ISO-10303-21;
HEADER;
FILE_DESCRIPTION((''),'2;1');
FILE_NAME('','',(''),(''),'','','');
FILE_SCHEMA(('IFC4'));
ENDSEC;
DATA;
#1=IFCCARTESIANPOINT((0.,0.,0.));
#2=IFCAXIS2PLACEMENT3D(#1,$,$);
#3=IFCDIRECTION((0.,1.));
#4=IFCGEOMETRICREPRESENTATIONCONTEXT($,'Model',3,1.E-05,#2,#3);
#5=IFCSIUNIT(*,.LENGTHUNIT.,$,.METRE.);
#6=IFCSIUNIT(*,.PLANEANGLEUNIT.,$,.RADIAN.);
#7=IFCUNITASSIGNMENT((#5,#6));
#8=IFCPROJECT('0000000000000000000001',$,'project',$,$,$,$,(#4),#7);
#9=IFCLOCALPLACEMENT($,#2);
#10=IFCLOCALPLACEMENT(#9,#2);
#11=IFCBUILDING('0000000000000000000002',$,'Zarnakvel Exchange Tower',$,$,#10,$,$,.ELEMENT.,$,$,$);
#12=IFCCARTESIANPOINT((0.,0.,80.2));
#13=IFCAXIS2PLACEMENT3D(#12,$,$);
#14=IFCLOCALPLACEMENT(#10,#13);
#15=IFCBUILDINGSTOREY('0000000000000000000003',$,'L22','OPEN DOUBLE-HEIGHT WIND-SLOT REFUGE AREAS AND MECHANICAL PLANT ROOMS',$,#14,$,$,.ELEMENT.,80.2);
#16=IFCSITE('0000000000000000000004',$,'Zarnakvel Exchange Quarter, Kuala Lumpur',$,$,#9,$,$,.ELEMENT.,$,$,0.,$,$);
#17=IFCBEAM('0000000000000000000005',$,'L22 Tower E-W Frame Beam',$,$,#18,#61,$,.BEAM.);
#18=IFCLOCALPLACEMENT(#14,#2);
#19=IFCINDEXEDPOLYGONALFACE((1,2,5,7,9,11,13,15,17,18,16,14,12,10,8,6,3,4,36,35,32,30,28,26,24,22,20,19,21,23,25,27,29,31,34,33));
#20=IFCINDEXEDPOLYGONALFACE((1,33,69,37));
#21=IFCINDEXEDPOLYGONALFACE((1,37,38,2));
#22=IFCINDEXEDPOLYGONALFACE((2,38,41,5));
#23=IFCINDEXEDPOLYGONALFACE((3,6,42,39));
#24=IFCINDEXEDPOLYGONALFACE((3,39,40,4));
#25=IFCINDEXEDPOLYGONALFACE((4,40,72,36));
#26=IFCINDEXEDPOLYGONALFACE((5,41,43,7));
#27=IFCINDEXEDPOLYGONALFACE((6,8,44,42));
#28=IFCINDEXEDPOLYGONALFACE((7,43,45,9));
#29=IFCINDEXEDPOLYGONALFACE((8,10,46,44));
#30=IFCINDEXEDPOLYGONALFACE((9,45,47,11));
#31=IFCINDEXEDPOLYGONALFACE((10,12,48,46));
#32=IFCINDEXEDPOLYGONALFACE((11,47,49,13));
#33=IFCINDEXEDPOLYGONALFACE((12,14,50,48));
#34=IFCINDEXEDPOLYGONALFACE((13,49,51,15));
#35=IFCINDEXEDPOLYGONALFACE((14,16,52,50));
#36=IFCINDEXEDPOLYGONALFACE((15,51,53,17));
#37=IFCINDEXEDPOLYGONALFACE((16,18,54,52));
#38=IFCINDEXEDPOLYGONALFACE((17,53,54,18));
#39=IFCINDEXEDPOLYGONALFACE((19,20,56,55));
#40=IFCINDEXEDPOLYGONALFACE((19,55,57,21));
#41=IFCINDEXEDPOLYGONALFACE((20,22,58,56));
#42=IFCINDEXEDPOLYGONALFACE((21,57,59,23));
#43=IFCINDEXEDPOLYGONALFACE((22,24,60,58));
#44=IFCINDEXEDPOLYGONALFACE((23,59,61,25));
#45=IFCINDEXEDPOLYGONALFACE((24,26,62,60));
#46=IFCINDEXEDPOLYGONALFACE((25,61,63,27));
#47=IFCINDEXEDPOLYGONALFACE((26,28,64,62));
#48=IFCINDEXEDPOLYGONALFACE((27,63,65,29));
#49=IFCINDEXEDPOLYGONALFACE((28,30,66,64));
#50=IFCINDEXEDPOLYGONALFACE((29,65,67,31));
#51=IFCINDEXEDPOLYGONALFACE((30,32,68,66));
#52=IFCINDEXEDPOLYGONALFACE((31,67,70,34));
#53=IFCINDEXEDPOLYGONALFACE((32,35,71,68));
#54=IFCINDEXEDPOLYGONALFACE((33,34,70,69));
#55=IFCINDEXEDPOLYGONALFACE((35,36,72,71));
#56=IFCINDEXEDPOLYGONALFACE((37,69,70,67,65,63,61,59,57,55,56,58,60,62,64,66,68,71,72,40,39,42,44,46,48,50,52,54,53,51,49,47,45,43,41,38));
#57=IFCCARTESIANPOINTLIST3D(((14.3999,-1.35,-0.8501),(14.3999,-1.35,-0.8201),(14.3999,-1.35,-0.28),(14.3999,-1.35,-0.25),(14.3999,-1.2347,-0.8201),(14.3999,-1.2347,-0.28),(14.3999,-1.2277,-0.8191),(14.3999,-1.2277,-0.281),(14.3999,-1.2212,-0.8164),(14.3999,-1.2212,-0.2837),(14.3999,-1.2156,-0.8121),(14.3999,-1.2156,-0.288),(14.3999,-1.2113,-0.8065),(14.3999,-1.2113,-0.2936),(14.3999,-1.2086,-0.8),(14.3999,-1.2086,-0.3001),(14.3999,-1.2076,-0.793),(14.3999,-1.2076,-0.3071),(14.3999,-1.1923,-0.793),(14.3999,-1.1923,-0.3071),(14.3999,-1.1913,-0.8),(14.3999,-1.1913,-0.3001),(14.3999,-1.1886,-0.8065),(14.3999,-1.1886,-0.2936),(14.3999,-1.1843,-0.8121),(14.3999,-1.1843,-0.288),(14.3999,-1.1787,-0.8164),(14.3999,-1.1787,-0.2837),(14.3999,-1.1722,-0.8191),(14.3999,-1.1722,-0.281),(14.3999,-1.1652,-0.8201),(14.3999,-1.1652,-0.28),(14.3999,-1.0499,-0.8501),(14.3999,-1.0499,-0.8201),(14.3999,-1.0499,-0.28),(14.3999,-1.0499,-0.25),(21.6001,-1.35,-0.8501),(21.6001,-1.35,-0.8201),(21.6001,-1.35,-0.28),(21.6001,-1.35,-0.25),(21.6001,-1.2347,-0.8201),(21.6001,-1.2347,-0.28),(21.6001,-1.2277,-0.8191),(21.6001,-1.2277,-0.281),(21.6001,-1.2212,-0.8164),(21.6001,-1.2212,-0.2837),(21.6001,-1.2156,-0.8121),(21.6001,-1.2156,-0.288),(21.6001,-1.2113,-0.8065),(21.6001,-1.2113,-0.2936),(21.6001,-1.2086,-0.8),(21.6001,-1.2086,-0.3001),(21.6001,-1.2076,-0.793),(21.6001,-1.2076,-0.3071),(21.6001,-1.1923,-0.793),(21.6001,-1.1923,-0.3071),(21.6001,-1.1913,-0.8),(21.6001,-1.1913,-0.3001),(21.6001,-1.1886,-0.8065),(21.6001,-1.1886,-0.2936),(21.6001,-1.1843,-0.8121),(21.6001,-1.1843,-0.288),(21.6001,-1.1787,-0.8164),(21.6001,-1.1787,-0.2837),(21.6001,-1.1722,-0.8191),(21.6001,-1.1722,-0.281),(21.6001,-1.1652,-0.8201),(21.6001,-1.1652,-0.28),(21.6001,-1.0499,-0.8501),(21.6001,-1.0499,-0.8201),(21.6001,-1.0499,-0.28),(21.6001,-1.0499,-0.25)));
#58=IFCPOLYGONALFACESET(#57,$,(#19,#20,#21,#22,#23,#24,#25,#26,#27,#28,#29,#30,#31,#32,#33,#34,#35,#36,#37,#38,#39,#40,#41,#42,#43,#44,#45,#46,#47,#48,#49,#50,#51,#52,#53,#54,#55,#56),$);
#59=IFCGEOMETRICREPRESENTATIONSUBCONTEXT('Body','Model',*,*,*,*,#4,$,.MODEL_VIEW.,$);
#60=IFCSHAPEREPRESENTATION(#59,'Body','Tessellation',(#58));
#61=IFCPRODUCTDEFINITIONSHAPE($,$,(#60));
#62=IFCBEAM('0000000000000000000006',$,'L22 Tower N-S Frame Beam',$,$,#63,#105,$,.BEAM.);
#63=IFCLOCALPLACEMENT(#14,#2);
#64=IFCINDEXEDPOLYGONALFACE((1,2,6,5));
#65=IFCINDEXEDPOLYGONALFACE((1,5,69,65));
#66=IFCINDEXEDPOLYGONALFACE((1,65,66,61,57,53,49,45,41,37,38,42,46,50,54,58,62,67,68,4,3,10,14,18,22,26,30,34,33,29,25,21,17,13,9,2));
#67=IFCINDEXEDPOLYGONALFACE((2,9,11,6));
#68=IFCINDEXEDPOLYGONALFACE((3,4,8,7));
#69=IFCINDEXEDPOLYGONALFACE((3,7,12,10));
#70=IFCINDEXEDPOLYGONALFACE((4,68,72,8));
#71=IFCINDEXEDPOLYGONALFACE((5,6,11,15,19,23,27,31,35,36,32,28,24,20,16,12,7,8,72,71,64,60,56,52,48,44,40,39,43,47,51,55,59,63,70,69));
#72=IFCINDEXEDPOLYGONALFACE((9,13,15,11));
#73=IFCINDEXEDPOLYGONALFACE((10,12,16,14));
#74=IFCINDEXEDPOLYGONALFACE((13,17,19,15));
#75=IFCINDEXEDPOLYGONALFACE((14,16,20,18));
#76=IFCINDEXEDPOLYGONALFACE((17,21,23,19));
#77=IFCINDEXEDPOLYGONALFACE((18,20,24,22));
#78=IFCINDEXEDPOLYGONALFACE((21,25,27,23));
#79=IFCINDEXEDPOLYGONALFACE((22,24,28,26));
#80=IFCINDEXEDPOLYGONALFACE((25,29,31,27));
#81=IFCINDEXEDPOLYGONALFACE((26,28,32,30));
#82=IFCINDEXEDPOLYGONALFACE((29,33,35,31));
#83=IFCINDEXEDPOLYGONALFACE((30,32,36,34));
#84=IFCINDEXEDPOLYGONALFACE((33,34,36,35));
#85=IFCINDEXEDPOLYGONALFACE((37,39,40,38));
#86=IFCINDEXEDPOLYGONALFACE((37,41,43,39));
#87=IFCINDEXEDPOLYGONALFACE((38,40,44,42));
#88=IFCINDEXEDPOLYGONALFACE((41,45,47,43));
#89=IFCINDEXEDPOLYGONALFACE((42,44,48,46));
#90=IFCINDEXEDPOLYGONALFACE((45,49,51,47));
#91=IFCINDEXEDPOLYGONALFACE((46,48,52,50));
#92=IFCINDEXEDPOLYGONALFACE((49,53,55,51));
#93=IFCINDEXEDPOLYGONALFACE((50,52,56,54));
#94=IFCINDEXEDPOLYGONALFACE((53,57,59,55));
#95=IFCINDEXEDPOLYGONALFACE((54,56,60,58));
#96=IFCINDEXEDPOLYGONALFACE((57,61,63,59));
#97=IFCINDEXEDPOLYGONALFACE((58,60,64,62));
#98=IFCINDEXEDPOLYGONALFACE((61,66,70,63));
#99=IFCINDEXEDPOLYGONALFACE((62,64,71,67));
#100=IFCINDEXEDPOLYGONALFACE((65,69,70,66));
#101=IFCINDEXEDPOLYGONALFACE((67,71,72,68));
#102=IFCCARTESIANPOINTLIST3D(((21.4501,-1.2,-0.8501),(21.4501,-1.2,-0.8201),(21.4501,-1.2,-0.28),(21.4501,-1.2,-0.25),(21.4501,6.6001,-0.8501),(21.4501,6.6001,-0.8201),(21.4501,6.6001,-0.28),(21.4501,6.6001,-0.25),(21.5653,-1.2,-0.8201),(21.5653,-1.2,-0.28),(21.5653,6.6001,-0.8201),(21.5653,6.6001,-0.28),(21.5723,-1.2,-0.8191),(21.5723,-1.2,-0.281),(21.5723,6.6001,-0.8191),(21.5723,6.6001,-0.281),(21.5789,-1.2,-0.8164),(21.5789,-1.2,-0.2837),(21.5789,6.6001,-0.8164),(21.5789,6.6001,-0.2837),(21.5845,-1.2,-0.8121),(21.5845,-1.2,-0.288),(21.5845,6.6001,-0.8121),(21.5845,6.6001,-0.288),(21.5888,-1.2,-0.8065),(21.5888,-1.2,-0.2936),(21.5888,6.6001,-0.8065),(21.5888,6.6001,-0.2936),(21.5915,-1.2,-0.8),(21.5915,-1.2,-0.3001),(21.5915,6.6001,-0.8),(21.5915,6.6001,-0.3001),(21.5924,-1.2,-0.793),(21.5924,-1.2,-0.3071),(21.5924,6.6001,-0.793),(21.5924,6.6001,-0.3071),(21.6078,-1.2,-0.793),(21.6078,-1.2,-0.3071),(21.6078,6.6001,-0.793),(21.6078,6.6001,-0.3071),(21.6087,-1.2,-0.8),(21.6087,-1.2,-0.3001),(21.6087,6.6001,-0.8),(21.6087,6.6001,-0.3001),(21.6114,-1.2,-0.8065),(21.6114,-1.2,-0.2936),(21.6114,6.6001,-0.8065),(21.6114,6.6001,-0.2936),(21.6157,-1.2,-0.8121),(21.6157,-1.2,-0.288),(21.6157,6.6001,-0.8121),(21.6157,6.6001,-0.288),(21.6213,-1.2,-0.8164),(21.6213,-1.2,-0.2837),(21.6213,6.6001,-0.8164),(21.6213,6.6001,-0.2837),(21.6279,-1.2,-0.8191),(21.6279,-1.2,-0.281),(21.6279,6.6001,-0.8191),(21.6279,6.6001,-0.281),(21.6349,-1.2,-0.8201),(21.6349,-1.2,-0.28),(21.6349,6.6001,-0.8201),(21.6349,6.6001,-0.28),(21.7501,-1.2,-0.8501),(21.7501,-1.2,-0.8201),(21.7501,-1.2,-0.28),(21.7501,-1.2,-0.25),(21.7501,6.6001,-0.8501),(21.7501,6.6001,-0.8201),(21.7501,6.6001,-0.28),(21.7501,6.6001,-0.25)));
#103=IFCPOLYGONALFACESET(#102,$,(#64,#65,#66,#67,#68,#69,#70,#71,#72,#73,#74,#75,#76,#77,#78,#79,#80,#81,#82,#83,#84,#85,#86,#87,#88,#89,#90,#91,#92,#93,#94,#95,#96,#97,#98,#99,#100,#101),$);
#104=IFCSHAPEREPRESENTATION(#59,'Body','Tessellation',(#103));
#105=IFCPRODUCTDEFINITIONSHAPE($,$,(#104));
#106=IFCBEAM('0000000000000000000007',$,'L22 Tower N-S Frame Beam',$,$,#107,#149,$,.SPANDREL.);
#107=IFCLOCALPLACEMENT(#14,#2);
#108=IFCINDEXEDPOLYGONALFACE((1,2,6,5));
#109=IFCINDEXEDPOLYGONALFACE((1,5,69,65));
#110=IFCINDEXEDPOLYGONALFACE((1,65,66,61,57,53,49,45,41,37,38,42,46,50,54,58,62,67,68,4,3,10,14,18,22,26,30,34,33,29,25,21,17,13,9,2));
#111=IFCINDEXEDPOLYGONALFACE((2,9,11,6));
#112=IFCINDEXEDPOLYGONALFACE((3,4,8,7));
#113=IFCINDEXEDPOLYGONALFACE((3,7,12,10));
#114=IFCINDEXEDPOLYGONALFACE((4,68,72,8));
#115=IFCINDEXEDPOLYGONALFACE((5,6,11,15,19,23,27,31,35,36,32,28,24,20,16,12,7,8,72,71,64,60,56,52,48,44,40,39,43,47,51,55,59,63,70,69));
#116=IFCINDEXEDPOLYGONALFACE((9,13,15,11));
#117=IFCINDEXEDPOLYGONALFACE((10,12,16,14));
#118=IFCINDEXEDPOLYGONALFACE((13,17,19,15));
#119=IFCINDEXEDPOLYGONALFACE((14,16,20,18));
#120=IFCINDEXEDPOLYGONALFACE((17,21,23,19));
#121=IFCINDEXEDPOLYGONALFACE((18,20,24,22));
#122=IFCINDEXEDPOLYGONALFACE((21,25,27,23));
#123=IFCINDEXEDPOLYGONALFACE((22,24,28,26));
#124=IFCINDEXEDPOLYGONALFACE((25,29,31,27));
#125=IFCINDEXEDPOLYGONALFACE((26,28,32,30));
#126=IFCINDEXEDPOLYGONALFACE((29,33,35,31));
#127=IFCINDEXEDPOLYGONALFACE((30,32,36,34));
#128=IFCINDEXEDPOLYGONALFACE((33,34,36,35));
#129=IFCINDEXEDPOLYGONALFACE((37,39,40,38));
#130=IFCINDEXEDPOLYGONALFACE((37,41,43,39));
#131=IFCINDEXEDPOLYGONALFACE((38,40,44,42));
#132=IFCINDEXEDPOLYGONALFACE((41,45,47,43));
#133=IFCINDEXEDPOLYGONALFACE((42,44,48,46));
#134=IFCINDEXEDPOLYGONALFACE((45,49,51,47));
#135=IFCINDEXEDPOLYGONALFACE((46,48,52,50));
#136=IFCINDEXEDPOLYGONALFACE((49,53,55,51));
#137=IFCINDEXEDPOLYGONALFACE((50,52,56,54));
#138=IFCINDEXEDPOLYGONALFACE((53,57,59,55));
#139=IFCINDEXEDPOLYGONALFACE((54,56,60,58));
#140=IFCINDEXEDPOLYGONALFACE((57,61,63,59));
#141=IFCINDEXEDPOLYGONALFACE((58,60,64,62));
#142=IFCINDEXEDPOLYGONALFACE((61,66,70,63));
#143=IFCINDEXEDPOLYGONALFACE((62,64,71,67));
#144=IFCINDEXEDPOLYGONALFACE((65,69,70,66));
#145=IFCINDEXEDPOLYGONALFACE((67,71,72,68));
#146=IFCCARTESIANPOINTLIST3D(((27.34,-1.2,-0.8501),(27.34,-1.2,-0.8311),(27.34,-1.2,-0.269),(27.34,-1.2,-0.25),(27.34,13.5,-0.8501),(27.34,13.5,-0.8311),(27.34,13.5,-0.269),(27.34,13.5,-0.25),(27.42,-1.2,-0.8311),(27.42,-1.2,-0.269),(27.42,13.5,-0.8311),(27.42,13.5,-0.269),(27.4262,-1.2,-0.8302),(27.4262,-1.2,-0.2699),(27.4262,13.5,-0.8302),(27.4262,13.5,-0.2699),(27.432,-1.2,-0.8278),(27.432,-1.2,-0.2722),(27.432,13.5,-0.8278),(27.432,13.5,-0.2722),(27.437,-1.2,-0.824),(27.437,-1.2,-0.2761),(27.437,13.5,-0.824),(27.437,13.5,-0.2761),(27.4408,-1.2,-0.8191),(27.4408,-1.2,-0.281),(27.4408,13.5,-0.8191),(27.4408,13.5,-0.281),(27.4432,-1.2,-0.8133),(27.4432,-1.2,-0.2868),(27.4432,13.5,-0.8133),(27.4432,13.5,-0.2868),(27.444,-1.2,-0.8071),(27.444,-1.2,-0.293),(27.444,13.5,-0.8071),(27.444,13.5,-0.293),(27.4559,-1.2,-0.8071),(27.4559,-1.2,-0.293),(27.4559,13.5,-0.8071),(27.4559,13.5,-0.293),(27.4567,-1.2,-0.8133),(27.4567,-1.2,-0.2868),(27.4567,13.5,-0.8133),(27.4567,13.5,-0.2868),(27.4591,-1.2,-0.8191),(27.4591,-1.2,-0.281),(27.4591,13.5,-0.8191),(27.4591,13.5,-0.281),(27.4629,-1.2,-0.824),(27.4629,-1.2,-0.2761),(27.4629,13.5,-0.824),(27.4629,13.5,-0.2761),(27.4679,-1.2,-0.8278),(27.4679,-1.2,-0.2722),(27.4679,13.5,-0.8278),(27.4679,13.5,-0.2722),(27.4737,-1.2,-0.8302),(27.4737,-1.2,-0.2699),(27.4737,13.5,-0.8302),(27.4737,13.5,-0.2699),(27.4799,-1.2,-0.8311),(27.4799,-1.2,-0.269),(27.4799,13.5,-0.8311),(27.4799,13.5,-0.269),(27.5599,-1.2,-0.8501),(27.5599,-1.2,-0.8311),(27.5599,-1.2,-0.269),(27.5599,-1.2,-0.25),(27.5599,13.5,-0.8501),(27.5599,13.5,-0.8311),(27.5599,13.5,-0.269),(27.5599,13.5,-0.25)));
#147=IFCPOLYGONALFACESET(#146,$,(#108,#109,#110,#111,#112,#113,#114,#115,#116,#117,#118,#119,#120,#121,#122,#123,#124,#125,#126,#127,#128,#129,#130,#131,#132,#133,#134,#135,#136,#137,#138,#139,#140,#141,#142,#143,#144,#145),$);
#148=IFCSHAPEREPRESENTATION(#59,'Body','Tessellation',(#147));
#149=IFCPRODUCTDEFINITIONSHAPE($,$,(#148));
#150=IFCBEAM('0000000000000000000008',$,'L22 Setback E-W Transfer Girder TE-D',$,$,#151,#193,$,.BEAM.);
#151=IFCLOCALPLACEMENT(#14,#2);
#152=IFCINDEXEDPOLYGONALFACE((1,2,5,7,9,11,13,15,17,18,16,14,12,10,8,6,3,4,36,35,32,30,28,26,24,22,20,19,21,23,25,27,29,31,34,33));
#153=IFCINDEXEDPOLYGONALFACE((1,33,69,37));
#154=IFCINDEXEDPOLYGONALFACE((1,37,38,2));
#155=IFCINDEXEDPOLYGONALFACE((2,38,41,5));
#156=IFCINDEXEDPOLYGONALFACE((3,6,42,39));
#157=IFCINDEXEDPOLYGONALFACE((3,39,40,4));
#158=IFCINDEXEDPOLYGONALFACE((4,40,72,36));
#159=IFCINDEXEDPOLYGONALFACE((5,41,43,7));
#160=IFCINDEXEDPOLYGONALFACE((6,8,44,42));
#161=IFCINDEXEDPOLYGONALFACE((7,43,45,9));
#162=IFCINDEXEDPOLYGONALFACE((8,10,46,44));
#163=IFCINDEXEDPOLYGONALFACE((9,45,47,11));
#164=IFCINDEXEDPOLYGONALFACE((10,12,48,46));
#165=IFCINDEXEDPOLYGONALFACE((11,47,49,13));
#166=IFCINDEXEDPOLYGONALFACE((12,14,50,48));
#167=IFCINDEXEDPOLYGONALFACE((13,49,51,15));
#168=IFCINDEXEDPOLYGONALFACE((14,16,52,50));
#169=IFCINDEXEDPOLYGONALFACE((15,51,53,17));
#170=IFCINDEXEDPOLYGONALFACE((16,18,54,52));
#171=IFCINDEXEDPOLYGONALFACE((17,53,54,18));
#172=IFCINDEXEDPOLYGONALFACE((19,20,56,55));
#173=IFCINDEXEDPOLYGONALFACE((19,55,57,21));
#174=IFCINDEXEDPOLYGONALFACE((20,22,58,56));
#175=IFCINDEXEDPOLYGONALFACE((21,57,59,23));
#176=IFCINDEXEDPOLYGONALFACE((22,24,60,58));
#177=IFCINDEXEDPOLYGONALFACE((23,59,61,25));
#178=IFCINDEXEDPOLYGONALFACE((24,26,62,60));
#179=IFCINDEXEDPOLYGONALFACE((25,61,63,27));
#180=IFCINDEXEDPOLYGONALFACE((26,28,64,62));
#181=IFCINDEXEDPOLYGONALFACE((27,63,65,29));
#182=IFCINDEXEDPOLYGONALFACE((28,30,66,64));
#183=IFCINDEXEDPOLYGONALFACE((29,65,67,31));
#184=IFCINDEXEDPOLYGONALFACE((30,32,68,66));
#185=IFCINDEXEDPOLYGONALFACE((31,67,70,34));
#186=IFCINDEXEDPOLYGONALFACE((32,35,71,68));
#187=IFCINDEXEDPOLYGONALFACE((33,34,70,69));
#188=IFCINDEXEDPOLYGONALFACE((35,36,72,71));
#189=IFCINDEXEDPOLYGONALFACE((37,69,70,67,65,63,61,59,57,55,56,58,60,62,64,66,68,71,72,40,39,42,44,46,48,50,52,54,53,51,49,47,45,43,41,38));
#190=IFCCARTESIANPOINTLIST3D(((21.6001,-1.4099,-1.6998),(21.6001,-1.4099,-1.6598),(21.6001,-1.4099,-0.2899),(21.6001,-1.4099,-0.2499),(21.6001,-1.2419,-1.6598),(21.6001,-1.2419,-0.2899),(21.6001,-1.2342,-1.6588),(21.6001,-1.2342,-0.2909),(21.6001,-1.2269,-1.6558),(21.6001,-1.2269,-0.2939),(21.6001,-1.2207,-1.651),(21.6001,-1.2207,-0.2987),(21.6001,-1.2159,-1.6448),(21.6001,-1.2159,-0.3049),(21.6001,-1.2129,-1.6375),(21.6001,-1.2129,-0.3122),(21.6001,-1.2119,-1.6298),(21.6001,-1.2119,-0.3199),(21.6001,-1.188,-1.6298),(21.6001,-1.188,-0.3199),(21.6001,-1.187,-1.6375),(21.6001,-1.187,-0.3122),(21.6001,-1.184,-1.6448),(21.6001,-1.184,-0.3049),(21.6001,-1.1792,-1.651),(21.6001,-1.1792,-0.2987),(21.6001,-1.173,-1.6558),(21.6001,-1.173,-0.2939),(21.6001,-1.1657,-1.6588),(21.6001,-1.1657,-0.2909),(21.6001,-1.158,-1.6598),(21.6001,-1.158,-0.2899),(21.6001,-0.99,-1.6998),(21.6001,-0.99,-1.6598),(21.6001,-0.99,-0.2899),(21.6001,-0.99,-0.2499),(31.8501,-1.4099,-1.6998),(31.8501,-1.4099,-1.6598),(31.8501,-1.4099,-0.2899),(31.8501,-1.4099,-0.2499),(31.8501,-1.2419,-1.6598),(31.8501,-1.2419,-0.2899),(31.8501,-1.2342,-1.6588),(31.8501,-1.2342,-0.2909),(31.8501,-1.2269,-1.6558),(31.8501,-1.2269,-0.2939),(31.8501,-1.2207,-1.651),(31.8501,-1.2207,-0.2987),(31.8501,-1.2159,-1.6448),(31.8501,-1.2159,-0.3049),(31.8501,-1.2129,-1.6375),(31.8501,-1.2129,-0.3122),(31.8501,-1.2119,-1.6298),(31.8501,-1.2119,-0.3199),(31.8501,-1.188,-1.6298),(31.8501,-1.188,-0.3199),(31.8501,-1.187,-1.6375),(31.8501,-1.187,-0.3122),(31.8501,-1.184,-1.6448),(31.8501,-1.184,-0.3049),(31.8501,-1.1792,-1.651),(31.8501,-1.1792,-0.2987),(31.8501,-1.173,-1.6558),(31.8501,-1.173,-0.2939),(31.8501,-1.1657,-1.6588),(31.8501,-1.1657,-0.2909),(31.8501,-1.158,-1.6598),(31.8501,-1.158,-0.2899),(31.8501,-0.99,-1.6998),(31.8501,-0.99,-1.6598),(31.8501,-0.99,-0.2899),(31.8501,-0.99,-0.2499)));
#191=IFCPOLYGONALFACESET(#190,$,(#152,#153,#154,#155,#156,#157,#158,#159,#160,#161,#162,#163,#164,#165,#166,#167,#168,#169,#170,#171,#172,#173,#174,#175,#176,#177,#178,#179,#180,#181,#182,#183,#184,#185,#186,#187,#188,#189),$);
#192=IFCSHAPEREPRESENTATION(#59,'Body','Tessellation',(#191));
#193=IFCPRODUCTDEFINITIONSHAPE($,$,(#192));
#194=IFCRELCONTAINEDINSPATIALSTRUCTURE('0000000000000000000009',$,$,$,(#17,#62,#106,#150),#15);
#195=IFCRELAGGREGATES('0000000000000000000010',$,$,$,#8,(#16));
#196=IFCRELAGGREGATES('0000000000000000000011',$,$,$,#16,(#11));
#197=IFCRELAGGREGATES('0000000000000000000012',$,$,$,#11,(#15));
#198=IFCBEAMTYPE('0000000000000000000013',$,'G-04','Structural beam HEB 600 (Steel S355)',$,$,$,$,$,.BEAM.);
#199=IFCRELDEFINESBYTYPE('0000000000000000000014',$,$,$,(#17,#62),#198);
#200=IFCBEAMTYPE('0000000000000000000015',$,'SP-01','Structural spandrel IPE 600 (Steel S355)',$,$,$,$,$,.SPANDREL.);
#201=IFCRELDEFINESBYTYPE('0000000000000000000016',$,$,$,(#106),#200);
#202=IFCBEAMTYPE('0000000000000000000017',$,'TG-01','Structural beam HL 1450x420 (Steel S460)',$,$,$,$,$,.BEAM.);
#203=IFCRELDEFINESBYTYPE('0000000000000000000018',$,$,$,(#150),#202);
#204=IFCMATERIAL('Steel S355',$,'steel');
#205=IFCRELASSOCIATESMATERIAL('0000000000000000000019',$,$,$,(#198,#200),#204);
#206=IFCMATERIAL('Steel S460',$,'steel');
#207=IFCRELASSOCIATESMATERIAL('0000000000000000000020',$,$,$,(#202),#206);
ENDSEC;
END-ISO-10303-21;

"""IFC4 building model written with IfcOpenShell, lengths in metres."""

from ifc_helpers import new_model, si_unit, direction, frame, origin, origin_2d, place, context, subcontext, project, spatial, i_section, extrude, material, material_profile, profile_set, type_object, element, save


model = new_model("IFC4")

# Units and contexts
model_context = context("Model", 3, precision=1e-05, world=origin(), true_north=direction((0.0, 1.0)))
body_context = subcontext(model_context, "Body", "Model", "MODEL_VIEW")
ifc_project = project(units=[si_unit("LENGTHUNIT", "METRE"), si_unit("PLANEANGLEUNIT", "RADIAN")], contexts=[model_context])

# Site, building, storey
site_placement = place(None, origin())
site = spatial("IfcSite", under=ifc_project, at=site_placement, Name="Zarnakvel Exchange Quarter, Kuala Lumpur", CompositionType="ELEMENT", RefElevation=0.0)
building_placement = place(site_placement, origin())
building = spatial("IfcBuilding", under=site, at=building_placement, Name="Zarnakvel Exchange Tower", CompositionType="ELEMENT")
storey_placement = place(building_placement, frame((0.0, 0.0, 80.2)))
storey = spatial("IfcBuildingStorey", under=building, at=storey_placement, Name="L22", Description="OPEN DOUBLE-HEIGHT WIND-SLOT REFUGE AREAS AND MECHANICAL PLANT ROOMS", CompositionType="ELEMENT", Elevation=80.2)

# Shared definitions
ifc_material_1 = material(Name="Steel S355", Category="steel")

# Beams
ifc_material_profile_1 = material_profile(ifc_material_1, i_section(OverallWidth=0.3, OverallDepth=0.6001, WebThickness=0.0154, FlangeThickness=0.03, FilletRadius=0.0271, at=origin_2d()))
ifc_profile_set_1 = profile_set([ifc_material_profile_1], Name="Steel S355")
beam_type_1 = type_object("IfcBeamType", Name="G-04", Description="Structural beam HEB 600 (Steel S355)", PredefinedType="BEAM", material=ifc_profile_set_1)
beam_1_placement = place(storey_placement, frame((14.3999, -1.2, -0.55), z_axis=(1.0, 0.0, 0.0), x_axis=(0.0, 1.0, 0.0)))
element("IfcBeam", 1, at=beam_1_placement, inside=storey, type_object=beam_type_1, Name="L22 Tower E-W Frame Beam", PredefinedType="BEAM", context=body_context, shape_type="SweptSolid", body=[
    extrude(i_section(OverallWidth=0.3, OverallDepth=0.6001, WebThickness=0.0154, FlangeThickness=0.03, FilletRadius=0.0271, at=origin_2d()), origin(), (0.0, 0.0, 1.0), 7.2002),
])
beam_2_placement = place(storey_placement, frame((21.6001, -1.2, -0.55), z_axis=(0.0, 1.0, 0.0), x_axis=(-1.0, 0.0, 0.0)))
element("IfcBeam", 2, at=beam_2_placement, inside=storey, type_object=beam_type_1, Name="L22 Tower N-S Frame Beam", PredefinedType="BEAM", context=body_context, shape_type="SweptSolid", body=[
    extrude(i_section(OverallWidth=0.3, OverallDepth=0.6001, WebThickness=0.0154, FlangeThickness=0.03, FilletRadius=0.0271, at=origin_2d()), origin(), (0.0, 0.0, 1.0), 7.8),
])
ifc_material_profile_2 = material_profile(ifc_material_1, i_section(OverallWidth=0.22, OverallDepth=0.6001, WebThickness=0.012, FlangeThickness=0.019, FilletRadius=0.0239, at=origin_2d()))
ifc_profile_set_2 = profile_set([ifc_material_profile_2], Name="Steel S355")
beam_type_2 = type_object("IfcBeamType", Name="SP-01", Description="Structural spandrel IPE 600 (Steel S355)", PredefinedType="SPANDREL", material=ifc_profile_set_2)
beam_3_placement = place(storey_placement, frame((27.45, -1.2, -0.55), z_axis=(0.0, 1.0, 0.0), x_axis=(-1.0, 0.0, 0.0)))
element("IfcBeam", 3, at=beam_3_placement, inside=storey, type_object=beam_type_2, Name="L22 Tower N-S Frame Beam", PredefinedType="SPANDREL", context=body_context, shape_type="SweptSolid", body=[
    extrude(i_section(OverallWidth=0.22, OverallDepth=0.6001, WebThickness=0.012, FlangeThickness=0.019, FilletRadius=0.0239, at=origin_2d()), origin(), (0.0, 0.0, 1.0), 14.7),
])
ifc_material_2 = material(Name="Steel S460", Category="steel")
ifc_material_profile_3 = material_profile(ifc_material_2, i_section(OverallWidth=0.4199, OverallDepth=1.45, WebThickness=0.0239, FlangeThickness=0.04, FilletRadius=0.03, at=origin_2d()))
ifc_profile_set_3 = profile_set([ifc_material_profile_3], Name="Steel S460")
beam_type_3 = type_object("IfcBeamType", Name="TG-01", Description="Structural beam HL 1450x420 (Steel S460)", PredefinedType="BEAM", material=ifc_profile_set_3)
beam_4_placement = place(storey_placement, frame((21.6001, -1.2, -0.9749), z_axis=(1.0, 0.0, 0.0), x_axis=(0.0, 1.0, 0.0)))
element("IfcBeam", 4, at=beam_4_placement, inside=storey, type_object=beam_type_3, Name="L22 Setback E-W Transfer Girder TE-D", PredefinedType="BEAM", context=body_context, shape_type="SweptSolid", body=[
    extrude(i_section(OverallWidth=0.4199, OverallDepth=1.45, WebThickness=0.0239, FlangeThickness=0.04, FilletRadius=0.03, at=origin_2d()), origin(), (0.0, 0.0, 1.0), 10.25),
])

save(model, "model.ifc")
